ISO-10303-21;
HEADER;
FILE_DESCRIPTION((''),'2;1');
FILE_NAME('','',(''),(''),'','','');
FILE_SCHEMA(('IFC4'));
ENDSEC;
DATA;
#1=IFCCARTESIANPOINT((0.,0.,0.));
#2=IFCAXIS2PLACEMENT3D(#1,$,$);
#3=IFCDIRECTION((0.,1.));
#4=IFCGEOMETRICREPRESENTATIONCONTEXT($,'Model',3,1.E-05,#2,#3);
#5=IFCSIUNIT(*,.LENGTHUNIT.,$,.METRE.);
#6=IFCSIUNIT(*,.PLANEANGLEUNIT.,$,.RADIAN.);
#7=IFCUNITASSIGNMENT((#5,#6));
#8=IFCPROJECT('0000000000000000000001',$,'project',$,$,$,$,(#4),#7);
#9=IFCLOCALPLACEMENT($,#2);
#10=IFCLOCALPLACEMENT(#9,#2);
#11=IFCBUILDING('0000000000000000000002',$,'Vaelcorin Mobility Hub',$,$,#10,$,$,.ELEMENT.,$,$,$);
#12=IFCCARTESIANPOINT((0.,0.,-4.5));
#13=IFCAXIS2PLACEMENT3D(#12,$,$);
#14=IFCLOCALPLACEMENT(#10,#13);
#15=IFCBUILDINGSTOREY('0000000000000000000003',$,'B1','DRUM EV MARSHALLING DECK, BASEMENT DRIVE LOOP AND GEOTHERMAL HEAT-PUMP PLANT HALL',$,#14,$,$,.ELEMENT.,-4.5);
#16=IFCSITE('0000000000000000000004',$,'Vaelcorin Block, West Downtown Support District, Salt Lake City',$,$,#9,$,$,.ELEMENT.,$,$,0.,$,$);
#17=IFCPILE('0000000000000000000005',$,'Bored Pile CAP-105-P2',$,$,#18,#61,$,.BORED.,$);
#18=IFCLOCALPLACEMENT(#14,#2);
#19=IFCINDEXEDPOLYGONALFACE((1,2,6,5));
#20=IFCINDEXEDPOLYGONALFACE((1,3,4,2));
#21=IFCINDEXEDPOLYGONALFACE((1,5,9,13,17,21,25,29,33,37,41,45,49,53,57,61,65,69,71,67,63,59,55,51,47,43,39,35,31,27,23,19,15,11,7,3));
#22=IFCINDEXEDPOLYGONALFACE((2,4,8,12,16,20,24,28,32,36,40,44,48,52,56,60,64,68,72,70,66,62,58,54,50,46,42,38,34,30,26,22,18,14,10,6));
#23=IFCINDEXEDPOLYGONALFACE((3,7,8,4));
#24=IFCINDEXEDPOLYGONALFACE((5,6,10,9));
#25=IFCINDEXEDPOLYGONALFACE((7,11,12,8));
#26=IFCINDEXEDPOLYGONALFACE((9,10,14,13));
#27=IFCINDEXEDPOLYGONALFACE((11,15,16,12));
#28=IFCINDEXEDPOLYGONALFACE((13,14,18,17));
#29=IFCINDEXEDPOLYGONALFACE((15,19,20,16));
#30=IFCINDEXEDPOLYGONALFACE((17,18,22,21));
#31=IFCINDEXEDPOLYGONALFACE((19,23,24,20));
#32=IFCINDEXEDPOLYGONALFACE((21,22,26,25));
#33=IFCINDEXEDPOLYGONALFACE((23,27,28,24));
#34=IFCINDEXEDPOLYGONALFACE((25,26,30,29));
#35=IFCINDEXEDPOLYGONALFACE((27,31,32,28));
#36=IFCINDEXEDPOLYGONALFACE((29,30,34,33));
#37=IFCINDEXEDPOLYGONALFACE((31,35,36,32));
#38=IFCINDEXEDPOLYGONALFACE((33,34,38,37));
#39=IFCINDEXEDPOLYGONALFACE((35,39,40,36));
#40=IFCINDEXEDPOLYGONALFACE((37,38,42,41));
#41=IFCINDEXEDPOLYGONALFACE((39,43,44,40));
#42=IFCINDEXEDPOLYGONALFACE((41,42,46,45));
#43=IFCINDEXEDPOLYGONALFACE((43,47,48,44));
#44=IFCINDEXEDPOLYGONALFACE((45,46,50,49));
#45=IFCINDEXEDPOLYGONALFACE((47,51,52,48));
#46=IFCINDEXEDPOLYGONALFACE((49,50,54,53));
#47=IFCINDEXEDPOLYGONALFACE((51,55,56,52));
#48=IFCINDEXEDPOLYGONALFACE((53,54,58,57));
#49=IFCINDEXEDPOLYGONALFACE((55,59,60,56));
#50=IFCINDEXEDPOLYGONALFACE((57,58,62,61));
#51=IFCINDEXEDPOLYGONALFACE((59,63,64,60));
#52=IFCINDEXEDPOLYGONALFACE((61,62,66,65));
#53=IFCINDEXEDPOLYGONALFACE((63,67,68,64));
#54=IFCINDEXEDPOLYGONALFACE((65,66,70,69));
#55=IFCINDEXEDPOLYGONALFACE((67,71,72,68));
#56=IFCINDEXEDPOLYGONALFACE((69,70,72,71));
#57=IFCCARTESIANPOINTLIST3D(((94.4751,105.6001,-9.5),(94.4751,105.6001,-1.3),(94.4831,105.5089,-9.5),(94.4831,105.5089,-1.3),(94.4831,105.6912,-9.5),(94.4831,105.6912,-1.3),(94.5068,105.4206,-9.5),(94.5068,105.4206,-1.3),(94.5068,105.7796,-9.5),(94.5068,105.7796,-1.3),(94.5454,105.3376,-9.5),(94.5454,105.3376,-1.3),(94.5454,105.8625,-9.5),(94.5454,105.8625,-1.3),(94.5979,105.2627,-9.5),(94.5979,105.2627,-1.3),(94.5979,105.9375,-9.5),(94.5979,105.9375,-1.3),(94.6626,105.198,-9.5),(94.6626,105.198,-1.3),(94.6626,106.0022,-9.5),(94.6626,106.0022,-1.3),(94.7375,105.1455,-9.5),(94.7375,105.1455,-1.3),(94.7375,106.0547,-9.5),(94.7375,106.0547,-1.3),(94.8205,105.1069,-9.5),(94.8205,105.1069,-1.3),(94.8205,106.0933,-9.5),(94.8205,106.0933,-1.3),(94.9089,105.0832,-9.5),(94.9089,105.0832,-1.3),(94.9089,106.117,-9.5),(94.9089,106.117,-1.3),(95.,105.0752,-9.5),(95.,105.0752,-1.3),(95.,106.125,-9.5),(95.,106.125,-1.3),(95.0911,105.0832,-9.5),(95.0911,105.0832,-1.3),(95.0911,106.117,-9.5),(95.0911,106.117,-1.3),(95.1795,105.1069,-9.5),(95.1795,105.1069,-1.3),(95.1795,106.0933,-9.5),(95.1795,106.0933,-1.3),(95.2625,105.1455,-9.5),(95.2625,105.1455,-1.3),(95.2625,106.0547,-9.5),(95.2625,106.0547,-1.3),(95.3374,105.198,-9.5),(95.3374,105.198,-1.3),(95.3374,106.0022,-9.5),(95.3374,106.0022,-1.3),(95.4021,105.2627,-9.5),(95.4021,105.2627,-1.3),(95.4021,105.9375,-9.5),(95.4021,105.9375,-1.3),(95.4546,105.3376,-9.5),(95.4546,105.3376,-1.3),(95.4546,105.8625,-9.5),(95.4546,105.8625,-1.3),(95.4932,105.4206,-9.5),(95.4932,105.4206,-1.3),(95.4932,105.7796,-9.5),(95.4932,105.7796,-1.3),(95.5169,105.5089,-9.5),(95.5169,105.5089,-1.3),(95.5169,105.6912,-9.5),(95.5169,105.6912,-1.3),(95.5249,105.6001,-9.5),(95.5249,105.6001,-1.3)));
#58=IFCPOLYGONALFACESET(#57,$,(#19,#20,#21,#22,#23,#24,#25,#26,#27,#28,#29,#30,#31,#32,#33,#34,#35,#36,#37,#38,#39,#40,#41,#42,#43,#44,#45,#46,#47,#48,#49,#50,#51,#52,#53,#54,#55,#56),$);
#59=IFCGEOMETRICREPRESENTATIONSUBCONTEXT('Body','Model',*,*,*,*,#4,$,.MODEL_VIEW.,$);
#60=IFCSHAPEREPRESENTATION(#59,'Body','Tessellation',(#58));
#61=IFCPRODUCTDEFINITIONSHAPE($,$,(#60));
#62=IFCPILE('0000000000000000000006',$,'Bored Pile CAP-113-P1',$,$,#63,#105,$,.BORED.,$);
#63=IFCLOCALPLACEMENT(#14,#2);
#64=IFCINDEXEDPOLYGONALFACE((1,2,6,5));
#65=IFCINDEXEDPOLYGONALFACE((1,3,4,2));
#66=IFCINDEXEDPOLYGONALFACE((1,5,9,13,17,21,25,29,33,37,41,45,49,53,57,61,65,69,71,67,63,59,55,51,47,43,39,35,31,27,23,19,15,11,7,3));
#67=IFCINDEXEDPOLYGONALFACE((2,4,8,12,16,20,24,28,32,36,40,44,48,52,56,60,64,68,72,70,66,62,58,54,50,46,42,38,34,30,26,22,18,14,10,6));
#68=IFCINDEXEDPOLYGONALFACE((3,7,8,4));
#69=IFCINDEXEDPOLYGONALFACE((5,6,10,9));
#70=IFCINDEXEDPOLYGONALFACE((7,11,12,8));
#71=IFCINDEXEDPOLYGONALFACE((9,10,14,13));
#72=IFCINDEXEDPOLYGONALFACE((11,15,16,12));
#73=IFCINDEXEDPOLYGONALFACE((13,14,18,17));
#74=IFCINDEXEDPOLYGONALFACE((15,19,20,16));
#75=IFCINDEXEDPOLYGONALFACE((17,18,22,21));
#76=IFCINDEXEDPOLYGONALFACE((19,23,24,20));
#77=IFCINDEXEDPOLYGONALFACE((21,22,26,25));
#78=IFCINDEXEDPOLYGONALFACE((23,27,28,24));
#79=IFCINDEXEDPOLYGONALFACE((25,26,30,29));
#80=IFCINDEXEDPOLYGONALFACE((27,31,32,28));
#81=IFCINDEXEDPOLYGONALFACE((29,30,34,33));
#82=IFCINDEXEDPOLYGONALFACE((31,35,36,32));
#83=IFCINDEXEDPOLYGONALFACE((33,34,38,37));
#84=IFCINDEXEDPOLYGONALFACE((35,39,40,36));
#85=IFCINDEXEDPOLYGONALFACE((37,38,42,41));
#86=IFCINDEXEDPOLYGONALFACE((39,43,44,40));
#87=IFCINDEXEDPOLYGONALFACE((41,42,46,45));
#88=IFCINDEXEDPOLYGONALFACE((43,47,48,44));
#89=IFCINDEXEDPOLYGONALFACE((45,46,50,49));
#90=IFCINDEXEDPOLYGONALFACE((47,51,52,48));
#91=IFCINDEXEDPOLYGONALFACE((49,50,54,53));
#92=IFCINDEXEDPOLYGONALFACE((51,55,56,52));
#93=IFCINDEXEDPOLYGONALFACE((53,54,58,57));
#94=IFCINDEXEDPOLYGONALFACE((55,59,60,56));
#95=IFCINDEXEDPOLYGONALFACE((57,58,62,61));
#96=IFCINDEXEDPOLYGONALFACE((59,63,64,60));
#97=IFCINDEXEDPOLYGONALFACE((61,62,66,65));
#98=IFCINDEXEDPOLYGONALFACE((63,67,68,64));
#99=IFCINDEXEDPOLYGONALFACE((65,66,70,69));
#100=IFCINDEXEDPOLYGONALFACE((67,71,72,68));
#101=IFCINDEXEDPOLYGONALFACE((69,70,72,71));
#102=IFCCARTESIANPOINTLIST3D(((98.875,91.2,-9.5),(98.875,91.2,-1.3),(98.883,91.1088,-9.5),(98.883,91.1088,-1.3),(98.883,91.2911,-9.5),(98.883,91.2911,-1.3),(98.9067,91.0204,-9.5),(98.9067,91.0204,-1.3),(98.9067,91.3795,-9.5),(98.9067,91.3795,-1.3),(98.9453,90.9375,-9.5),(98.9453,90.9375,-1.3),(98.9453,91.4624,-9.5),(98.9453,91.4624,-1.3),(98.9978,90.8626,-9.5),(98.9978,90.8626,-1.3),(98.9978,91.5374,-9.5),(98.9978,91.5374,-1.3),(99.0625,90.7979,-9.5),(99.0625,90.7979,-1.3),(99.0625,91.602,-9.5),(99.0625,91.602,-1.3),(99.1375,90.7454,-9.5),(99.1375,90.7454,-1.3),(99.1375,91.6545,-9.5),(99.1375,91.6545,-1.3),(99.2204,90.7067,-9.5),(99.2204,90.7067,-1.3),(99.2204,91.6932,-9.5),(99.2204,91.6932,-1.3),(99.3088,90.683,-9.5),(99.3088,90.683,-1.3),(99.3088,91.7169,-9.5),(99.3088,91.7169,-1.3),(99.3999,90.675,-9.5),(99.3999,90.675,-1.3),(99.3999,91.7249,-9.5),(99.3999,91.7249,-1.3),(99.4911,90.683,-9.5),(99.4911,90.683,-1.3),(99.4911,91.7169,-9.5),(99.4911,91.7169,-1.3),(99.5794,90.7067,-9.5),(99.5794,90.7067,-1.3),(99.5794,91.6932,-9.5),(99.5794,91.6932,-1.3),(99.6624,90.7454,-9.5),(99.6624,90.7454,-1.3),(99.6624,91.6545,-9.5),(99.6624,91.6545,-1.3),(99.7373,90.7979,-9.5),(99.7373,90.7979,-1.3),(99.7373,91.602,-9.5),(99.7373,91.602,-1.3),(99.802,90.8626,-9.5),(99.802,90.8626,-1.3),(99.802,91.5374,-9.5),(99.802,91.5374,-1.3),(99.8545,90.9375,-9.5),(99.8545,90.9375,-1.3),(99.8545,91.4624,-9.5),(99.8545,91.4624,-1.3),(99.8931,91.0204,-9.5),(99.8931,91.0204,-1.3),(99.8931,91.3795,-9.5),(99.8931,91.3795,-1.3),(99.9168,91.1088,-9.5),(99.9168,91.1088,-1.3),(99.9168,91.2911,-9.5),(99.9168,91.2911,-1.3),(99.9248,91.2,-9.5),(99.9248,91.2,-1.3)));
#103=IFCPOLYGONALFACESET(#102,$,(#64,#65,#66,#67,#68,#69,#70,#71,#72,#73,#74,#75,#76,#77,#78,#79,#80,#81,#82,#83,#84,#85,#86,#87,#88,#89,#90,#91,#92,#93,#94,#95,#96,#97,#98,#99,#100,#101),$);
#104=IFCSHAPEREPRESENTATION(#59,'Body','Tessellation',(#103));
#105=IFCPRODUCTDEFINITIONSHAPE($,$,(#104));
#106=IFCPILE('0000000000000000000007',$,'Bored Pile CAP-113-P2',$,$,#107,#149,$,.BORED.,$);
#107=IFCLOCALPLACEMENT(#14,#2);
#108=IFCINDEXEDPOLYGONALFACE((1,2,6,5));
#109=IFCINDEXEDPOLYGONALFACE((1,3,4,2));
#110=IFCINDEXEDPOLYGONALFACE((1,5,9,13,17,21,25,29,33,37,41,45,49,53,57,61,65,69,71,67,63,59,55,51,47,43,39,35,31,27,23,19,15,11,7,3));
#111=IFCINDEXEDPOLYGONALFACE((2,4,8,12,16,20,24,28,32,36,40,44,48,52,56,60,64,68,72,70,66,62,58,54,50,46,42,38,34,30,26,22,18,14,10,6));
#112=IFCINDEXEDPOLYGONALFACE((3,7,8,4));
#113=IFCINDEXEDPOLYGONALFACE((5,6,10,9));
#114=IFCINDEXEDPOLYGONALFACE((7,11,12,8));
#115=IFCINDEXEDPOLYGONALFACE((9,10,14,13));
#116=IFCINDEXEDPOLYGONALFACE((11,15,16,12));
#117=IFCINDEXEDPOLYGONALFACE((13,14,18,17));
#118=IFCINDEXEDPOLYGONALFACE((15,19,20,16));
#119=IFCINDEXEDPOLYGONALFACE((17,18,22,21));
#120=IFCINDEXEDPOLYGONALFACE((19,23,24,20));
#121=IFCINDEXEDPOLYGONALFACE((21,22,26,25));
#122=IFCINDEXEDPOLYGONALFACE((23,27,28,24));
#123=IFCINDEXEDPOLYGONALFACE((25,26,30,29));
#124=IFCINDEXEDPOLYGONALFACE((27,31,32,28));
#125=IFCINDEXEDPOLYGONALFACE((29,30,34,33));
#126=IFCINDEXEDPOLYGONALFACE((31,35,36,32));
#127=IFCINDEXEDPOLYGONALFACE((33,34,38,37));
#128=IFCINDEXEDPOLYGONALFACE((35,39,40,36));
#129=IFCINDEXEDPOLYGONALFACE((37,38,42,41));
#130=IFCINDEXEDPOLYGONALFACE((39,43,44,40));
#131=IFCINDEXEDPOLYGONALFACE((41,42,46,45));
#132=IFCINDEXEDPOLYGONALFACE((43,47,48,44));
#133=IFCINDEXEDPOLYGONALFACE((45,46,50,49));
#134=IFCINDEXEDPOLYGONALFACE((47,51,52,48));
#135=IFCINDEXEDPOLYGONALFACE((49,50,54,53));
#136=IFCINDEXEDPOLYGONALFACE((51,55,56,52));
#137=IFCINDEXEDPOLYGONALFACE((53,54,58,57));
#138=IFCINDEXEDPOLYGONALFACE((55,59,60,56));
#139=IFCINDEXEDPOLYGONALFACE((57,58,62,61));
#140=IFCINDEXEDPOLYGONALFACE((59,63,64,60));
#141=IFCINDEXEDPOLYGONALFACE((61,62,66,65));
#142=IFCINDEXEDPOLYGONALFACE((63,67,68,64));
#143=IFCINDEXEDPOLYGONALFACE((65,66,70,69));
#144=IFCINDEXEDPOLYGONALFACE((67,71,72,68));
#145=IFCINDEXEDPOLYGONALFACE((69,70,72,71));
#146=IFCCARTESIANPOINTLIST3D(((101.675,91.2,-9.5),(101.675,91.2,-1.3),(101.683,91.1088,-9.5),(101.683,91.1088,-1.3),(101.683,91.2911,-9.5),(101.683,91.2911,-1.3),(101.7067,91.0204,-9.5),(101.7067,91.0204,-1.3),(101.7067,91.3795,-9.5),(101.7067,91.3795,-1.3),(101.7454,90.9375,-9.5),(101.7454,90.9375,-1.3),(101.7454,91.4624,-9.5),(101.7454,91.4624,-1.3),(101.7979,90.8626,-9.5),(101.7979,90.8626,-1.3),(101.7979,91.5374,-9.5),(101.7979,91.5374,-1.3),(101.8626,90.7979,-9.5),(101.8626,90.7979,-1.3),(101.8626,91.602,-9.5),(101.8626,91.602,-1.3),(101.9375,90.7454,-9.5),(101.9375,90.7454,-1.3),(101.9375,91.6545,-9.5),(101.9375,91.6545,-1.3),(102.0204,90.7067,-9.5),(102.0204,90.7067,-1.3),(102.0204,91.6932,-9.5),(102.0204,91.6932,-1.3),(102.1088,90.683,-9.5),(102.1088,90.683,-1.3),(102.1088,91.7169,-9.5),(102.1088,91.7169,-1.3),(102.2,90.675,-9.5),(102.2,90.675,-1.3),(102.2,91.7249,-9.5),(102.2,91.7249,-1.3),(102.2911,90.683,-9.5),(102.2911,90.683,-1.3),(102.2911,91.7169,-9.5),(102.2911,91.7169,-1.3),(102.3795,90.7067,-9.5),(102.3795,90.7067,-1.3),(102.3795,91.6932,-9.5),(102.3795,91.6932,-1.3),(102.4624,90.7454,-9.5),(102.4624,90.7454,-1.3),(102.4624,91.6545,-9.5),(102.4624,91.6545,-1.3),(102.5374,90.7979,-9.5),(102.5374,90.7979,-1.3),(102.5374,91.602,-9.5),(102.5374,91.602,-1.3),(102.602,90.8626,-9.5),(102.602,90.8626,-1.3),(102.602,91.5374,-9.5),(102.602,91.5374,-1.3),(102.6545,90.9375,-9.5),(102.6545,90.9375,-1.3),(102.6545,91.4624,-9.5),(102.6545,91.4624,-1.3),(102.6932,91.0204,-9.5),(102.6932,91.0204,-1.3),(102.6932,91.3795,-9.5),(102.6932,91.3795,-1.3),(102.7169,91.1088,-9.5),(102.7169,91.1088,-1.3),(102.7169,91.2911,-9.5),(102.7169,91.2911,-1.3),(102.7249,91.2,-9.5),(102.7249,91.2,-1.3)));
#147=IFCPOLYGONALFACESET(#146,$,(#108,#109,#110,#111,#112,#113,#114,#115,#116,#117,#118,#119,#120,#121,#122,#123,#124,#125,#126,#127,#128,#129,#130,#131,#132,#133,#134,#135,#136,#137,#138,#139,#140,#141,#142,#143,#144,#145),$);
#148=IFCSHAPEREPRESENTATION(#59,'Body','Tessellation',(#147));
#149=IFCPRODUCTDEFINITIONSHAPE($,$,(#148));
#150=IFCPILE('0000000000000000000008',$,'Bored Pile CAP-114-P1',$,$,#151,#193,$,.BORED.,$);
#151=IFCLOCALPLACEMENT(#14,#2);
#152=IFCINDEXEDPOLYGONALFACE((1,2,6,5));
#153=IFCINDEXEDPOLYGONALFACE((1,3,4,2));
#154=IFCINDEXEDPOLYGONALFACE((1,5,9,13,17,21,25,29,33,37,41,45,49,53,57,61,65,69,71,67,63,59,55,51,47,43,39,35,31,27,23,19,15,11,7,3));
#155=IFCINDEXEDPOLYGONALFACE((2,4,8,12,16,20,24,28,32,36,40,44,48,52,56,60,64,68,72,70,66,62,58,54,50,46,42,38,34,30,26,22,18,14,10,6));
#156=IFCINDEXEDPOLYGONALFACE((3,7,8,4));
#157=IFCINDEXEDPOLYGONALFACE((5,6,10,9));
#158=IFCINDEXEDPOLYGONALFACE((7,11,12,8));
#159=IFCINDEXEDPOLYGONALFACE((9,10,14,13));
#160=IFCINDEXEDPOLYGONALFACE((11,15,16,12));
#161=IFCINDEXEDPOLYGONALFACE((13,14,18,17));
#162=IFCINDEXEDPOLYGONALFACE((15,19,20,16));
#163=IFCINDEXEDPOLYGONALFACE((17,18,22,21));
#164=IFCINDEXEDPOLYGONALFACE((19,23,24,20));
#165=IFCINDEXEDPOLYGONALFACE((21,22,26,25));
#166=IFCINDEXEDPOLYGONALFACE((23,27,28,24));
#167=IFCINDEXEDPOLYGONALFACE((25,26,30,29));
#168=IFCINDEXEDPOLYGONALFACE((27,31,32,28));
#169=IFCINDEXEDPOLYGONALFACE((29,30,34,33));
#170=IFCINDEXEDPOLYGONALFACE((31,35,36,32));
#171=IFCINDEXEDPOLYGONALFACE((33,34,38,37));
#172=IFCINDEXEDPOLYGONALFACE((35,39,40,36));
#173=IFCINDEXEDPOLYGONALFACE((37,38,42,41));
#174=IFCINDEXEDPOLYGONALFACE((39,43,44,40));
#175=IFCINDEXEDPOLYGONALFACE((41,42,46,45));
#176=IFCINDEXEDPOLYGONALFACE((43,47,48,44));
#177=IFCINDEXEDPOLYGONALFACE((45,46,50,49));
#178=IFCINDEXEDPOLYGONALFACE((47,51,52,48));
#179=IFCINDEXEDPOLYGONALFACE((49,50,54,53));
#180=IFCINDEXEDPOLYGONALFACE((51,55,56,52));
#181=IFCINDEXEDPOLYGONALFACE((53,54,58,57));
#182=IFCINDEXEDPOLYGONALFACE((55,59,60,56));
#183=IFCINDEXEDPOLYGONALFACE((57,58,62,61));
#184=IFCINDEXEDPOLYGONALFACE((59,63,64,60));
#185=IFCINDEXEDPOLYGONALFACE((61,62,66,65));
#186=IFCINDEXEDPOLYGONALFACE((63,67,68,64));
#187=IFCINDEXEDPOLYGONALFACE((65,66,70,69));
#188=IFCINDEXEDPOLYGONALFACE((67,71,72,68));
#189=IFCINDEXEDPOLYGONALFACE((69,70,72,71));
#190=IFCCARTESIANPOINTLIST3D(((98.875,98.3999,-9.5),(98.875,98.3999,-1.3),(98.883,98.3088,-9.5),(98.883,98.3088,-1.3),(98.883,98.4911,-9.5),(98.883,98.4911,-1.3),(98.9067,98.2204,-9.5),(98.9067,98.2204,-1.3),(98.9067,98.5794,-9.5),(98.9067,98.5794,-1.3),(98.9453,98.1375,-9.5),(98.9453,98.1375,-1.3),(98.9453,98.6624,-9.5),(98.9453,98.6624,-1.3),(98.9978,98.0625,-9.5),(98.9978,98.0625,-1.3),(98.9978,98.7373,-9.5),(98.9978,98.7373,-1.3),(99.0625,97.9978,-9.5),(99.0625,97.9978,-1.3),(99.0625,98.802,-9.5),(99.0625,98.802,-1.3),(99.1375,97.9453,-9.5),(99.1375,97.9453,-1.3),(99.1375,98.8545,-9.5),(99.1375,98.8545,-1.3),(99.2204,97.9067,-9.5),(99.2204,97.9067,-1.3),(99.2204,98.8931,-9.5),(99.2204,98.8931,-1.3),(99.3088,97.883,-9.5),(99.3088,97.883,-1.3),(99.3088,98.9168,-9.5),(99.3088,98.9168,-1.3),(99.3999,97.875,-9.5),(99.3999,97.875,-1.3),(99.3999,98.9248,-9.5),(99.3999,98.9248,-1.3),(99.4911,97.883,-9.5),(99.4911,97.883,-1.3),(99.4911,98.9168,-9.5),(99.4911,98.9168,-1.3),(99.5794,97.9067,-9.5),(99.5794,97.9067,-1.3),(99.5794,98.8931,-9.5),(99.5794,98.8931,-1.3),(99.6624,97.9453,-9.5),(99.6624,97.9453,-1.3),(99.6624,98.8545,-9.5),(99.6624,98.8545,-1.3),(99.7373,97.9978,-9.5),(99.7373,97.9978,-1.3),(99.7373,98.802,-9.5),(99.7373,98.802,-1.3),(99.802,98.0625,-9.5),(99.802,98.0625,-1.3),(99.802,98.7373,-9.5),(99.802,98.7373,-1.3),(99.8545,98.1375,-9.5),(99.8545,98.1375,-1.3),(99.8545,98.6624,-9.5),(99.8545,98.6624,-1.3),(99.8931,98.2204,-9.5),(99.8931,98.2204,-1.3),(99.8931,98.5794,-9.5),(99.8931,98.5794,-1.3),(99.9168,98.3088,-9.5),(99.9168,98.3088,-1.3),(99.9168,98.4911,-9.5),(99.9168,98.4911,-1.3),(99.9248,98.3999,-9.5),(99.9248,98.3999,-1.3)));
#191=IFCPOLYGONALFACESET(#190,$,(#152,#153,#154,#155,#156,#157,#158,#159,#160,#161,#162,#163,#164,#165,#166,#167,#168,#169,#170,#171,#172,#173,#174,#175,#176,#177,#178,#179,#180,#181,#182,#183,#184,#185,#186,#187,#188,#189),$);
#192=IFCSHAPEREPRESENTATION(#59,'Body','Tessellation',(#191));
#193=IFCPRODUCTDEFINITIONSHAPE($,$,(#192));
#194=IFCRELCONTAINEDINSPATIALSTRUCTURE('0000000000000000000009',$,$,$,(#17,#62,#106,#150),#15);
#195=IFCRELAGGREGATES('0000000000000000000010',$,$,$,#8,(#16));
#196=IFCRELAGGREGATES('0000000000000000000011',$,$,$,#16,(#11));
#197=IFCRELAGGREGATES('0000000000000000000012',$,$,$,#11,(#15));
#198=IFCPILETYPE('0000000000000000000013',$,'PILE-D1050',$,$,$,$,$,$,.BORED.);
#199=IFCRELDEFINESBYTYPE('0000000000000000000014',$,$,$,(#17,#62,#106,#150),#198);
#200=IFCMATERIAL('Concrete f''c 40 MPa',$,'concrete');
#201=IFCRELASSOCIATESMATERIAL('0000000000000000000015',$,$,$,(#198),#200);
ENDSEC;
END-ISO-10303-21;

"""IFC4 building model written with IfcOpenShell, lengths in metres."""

from ifc_helpers import new_model, si_unit, direction, frame, origin, origin_2d, place, context, subcontext, project, spatial, circle, extrude, material, material_profile, profile_set, type_object, element, save


model = new_model("IFC4")

# Units and contexts
model_context = context("Model", 3, precision=1e-05, world=origin(), true_north=direction((0.0, 1.0)))
body_context = subcontext(model_context, "Body", "Model", "MODEL_VIEW")
ifc_project = project(units=[si_unit("LENGTHUNIT", "METRE"), si_unit("PLANEANGLEUNIT", "RADIAN")], contexts=[model_context])

# Site, building, storey
site_placement = place(None, origin())
site = spatial("IfcSite", under=ifc_project, at=site_placement, Name="Vaelcorin Block, West Downtown Support District, Salt Lake City", CompositionType="ELEMENT", RefElevation=0.0)
building_placement = place(site_placement, origin())
building = spatial("IfcBuilding", under=site, at=building_placement, Name="Vaelcorin Mobility Hub", CompositionType="ELEMENT")
storey_placement = place(building_placement, frame((0.0, 0.0, -4.5)))
storey = spatial("IfcBuildingStorey", under=building, at=storey_placement, Name="B1", Description="DRUM EV MARSHALLING DECK, BASEMENT DRIVE LOOP AND GEOTHERMAL HEAT-PUMP PLANT HALL", CompositionType="ELEMENT", Elevation=-4.5)

# Shared definitions
ifc_material_1 = material(Name="Concrete f'c 40 MPa", Category="concrete")

# Piles
ifc_material_profile_1 = material_profile(ifc_material_1, circle(Radius=0.5249, at=origin_2d()), Name="BP-D1050")
ifc_profile_set_1 = profile_set([ifc_material_profile_1], Name="Concrete f'c 40 MPa")
pile_type = type_object("IfcPileType", Name="PILE-D1050", PredefinedType="BORED", material=ifc_profile_set_1)
for number, where, z_axis, x_axis, name in (
    (1, (95.0, 105.6001, -1.3), (0.0, 0.0, -1.0), (1.0, 0.0, 0.0), "Bored Pile CAP-105-P2"),
    (2, (99.3999, 91.2, -1.3), (0.0, 0.0, -1.0), (1.0, 0.0, 0.0), "Bored Pile CAP-113-P1"),
    (3, (102.2, 91.2, -1.3), (0.0, 0.0, -1.0), (1.0, 0.0, 0.0), "Bored Pile CAP-113-P2"),
    (4, (99.3999, 98.3999, -1.3), (0.0, 0.0, -1.0), (1.0, 0.0, 0.0), "Bored Pile CAP-114-P1"),
):
    element("IfcPile", number, at=place(storey_placement, frame(where, z_axis=z_axis, x_axis=x_axis)), inside=storey, type_object=pile_type, Name=name, PredefinedType="BORED", context=body_context, shape_type="SweptSolid", body=[
        extrude(circle(Radius=0.5249, at=origin_2d()), origin(), (0.0, 0.0, 1.0), 8.2),
    ])

save(model, "model.ifc")
